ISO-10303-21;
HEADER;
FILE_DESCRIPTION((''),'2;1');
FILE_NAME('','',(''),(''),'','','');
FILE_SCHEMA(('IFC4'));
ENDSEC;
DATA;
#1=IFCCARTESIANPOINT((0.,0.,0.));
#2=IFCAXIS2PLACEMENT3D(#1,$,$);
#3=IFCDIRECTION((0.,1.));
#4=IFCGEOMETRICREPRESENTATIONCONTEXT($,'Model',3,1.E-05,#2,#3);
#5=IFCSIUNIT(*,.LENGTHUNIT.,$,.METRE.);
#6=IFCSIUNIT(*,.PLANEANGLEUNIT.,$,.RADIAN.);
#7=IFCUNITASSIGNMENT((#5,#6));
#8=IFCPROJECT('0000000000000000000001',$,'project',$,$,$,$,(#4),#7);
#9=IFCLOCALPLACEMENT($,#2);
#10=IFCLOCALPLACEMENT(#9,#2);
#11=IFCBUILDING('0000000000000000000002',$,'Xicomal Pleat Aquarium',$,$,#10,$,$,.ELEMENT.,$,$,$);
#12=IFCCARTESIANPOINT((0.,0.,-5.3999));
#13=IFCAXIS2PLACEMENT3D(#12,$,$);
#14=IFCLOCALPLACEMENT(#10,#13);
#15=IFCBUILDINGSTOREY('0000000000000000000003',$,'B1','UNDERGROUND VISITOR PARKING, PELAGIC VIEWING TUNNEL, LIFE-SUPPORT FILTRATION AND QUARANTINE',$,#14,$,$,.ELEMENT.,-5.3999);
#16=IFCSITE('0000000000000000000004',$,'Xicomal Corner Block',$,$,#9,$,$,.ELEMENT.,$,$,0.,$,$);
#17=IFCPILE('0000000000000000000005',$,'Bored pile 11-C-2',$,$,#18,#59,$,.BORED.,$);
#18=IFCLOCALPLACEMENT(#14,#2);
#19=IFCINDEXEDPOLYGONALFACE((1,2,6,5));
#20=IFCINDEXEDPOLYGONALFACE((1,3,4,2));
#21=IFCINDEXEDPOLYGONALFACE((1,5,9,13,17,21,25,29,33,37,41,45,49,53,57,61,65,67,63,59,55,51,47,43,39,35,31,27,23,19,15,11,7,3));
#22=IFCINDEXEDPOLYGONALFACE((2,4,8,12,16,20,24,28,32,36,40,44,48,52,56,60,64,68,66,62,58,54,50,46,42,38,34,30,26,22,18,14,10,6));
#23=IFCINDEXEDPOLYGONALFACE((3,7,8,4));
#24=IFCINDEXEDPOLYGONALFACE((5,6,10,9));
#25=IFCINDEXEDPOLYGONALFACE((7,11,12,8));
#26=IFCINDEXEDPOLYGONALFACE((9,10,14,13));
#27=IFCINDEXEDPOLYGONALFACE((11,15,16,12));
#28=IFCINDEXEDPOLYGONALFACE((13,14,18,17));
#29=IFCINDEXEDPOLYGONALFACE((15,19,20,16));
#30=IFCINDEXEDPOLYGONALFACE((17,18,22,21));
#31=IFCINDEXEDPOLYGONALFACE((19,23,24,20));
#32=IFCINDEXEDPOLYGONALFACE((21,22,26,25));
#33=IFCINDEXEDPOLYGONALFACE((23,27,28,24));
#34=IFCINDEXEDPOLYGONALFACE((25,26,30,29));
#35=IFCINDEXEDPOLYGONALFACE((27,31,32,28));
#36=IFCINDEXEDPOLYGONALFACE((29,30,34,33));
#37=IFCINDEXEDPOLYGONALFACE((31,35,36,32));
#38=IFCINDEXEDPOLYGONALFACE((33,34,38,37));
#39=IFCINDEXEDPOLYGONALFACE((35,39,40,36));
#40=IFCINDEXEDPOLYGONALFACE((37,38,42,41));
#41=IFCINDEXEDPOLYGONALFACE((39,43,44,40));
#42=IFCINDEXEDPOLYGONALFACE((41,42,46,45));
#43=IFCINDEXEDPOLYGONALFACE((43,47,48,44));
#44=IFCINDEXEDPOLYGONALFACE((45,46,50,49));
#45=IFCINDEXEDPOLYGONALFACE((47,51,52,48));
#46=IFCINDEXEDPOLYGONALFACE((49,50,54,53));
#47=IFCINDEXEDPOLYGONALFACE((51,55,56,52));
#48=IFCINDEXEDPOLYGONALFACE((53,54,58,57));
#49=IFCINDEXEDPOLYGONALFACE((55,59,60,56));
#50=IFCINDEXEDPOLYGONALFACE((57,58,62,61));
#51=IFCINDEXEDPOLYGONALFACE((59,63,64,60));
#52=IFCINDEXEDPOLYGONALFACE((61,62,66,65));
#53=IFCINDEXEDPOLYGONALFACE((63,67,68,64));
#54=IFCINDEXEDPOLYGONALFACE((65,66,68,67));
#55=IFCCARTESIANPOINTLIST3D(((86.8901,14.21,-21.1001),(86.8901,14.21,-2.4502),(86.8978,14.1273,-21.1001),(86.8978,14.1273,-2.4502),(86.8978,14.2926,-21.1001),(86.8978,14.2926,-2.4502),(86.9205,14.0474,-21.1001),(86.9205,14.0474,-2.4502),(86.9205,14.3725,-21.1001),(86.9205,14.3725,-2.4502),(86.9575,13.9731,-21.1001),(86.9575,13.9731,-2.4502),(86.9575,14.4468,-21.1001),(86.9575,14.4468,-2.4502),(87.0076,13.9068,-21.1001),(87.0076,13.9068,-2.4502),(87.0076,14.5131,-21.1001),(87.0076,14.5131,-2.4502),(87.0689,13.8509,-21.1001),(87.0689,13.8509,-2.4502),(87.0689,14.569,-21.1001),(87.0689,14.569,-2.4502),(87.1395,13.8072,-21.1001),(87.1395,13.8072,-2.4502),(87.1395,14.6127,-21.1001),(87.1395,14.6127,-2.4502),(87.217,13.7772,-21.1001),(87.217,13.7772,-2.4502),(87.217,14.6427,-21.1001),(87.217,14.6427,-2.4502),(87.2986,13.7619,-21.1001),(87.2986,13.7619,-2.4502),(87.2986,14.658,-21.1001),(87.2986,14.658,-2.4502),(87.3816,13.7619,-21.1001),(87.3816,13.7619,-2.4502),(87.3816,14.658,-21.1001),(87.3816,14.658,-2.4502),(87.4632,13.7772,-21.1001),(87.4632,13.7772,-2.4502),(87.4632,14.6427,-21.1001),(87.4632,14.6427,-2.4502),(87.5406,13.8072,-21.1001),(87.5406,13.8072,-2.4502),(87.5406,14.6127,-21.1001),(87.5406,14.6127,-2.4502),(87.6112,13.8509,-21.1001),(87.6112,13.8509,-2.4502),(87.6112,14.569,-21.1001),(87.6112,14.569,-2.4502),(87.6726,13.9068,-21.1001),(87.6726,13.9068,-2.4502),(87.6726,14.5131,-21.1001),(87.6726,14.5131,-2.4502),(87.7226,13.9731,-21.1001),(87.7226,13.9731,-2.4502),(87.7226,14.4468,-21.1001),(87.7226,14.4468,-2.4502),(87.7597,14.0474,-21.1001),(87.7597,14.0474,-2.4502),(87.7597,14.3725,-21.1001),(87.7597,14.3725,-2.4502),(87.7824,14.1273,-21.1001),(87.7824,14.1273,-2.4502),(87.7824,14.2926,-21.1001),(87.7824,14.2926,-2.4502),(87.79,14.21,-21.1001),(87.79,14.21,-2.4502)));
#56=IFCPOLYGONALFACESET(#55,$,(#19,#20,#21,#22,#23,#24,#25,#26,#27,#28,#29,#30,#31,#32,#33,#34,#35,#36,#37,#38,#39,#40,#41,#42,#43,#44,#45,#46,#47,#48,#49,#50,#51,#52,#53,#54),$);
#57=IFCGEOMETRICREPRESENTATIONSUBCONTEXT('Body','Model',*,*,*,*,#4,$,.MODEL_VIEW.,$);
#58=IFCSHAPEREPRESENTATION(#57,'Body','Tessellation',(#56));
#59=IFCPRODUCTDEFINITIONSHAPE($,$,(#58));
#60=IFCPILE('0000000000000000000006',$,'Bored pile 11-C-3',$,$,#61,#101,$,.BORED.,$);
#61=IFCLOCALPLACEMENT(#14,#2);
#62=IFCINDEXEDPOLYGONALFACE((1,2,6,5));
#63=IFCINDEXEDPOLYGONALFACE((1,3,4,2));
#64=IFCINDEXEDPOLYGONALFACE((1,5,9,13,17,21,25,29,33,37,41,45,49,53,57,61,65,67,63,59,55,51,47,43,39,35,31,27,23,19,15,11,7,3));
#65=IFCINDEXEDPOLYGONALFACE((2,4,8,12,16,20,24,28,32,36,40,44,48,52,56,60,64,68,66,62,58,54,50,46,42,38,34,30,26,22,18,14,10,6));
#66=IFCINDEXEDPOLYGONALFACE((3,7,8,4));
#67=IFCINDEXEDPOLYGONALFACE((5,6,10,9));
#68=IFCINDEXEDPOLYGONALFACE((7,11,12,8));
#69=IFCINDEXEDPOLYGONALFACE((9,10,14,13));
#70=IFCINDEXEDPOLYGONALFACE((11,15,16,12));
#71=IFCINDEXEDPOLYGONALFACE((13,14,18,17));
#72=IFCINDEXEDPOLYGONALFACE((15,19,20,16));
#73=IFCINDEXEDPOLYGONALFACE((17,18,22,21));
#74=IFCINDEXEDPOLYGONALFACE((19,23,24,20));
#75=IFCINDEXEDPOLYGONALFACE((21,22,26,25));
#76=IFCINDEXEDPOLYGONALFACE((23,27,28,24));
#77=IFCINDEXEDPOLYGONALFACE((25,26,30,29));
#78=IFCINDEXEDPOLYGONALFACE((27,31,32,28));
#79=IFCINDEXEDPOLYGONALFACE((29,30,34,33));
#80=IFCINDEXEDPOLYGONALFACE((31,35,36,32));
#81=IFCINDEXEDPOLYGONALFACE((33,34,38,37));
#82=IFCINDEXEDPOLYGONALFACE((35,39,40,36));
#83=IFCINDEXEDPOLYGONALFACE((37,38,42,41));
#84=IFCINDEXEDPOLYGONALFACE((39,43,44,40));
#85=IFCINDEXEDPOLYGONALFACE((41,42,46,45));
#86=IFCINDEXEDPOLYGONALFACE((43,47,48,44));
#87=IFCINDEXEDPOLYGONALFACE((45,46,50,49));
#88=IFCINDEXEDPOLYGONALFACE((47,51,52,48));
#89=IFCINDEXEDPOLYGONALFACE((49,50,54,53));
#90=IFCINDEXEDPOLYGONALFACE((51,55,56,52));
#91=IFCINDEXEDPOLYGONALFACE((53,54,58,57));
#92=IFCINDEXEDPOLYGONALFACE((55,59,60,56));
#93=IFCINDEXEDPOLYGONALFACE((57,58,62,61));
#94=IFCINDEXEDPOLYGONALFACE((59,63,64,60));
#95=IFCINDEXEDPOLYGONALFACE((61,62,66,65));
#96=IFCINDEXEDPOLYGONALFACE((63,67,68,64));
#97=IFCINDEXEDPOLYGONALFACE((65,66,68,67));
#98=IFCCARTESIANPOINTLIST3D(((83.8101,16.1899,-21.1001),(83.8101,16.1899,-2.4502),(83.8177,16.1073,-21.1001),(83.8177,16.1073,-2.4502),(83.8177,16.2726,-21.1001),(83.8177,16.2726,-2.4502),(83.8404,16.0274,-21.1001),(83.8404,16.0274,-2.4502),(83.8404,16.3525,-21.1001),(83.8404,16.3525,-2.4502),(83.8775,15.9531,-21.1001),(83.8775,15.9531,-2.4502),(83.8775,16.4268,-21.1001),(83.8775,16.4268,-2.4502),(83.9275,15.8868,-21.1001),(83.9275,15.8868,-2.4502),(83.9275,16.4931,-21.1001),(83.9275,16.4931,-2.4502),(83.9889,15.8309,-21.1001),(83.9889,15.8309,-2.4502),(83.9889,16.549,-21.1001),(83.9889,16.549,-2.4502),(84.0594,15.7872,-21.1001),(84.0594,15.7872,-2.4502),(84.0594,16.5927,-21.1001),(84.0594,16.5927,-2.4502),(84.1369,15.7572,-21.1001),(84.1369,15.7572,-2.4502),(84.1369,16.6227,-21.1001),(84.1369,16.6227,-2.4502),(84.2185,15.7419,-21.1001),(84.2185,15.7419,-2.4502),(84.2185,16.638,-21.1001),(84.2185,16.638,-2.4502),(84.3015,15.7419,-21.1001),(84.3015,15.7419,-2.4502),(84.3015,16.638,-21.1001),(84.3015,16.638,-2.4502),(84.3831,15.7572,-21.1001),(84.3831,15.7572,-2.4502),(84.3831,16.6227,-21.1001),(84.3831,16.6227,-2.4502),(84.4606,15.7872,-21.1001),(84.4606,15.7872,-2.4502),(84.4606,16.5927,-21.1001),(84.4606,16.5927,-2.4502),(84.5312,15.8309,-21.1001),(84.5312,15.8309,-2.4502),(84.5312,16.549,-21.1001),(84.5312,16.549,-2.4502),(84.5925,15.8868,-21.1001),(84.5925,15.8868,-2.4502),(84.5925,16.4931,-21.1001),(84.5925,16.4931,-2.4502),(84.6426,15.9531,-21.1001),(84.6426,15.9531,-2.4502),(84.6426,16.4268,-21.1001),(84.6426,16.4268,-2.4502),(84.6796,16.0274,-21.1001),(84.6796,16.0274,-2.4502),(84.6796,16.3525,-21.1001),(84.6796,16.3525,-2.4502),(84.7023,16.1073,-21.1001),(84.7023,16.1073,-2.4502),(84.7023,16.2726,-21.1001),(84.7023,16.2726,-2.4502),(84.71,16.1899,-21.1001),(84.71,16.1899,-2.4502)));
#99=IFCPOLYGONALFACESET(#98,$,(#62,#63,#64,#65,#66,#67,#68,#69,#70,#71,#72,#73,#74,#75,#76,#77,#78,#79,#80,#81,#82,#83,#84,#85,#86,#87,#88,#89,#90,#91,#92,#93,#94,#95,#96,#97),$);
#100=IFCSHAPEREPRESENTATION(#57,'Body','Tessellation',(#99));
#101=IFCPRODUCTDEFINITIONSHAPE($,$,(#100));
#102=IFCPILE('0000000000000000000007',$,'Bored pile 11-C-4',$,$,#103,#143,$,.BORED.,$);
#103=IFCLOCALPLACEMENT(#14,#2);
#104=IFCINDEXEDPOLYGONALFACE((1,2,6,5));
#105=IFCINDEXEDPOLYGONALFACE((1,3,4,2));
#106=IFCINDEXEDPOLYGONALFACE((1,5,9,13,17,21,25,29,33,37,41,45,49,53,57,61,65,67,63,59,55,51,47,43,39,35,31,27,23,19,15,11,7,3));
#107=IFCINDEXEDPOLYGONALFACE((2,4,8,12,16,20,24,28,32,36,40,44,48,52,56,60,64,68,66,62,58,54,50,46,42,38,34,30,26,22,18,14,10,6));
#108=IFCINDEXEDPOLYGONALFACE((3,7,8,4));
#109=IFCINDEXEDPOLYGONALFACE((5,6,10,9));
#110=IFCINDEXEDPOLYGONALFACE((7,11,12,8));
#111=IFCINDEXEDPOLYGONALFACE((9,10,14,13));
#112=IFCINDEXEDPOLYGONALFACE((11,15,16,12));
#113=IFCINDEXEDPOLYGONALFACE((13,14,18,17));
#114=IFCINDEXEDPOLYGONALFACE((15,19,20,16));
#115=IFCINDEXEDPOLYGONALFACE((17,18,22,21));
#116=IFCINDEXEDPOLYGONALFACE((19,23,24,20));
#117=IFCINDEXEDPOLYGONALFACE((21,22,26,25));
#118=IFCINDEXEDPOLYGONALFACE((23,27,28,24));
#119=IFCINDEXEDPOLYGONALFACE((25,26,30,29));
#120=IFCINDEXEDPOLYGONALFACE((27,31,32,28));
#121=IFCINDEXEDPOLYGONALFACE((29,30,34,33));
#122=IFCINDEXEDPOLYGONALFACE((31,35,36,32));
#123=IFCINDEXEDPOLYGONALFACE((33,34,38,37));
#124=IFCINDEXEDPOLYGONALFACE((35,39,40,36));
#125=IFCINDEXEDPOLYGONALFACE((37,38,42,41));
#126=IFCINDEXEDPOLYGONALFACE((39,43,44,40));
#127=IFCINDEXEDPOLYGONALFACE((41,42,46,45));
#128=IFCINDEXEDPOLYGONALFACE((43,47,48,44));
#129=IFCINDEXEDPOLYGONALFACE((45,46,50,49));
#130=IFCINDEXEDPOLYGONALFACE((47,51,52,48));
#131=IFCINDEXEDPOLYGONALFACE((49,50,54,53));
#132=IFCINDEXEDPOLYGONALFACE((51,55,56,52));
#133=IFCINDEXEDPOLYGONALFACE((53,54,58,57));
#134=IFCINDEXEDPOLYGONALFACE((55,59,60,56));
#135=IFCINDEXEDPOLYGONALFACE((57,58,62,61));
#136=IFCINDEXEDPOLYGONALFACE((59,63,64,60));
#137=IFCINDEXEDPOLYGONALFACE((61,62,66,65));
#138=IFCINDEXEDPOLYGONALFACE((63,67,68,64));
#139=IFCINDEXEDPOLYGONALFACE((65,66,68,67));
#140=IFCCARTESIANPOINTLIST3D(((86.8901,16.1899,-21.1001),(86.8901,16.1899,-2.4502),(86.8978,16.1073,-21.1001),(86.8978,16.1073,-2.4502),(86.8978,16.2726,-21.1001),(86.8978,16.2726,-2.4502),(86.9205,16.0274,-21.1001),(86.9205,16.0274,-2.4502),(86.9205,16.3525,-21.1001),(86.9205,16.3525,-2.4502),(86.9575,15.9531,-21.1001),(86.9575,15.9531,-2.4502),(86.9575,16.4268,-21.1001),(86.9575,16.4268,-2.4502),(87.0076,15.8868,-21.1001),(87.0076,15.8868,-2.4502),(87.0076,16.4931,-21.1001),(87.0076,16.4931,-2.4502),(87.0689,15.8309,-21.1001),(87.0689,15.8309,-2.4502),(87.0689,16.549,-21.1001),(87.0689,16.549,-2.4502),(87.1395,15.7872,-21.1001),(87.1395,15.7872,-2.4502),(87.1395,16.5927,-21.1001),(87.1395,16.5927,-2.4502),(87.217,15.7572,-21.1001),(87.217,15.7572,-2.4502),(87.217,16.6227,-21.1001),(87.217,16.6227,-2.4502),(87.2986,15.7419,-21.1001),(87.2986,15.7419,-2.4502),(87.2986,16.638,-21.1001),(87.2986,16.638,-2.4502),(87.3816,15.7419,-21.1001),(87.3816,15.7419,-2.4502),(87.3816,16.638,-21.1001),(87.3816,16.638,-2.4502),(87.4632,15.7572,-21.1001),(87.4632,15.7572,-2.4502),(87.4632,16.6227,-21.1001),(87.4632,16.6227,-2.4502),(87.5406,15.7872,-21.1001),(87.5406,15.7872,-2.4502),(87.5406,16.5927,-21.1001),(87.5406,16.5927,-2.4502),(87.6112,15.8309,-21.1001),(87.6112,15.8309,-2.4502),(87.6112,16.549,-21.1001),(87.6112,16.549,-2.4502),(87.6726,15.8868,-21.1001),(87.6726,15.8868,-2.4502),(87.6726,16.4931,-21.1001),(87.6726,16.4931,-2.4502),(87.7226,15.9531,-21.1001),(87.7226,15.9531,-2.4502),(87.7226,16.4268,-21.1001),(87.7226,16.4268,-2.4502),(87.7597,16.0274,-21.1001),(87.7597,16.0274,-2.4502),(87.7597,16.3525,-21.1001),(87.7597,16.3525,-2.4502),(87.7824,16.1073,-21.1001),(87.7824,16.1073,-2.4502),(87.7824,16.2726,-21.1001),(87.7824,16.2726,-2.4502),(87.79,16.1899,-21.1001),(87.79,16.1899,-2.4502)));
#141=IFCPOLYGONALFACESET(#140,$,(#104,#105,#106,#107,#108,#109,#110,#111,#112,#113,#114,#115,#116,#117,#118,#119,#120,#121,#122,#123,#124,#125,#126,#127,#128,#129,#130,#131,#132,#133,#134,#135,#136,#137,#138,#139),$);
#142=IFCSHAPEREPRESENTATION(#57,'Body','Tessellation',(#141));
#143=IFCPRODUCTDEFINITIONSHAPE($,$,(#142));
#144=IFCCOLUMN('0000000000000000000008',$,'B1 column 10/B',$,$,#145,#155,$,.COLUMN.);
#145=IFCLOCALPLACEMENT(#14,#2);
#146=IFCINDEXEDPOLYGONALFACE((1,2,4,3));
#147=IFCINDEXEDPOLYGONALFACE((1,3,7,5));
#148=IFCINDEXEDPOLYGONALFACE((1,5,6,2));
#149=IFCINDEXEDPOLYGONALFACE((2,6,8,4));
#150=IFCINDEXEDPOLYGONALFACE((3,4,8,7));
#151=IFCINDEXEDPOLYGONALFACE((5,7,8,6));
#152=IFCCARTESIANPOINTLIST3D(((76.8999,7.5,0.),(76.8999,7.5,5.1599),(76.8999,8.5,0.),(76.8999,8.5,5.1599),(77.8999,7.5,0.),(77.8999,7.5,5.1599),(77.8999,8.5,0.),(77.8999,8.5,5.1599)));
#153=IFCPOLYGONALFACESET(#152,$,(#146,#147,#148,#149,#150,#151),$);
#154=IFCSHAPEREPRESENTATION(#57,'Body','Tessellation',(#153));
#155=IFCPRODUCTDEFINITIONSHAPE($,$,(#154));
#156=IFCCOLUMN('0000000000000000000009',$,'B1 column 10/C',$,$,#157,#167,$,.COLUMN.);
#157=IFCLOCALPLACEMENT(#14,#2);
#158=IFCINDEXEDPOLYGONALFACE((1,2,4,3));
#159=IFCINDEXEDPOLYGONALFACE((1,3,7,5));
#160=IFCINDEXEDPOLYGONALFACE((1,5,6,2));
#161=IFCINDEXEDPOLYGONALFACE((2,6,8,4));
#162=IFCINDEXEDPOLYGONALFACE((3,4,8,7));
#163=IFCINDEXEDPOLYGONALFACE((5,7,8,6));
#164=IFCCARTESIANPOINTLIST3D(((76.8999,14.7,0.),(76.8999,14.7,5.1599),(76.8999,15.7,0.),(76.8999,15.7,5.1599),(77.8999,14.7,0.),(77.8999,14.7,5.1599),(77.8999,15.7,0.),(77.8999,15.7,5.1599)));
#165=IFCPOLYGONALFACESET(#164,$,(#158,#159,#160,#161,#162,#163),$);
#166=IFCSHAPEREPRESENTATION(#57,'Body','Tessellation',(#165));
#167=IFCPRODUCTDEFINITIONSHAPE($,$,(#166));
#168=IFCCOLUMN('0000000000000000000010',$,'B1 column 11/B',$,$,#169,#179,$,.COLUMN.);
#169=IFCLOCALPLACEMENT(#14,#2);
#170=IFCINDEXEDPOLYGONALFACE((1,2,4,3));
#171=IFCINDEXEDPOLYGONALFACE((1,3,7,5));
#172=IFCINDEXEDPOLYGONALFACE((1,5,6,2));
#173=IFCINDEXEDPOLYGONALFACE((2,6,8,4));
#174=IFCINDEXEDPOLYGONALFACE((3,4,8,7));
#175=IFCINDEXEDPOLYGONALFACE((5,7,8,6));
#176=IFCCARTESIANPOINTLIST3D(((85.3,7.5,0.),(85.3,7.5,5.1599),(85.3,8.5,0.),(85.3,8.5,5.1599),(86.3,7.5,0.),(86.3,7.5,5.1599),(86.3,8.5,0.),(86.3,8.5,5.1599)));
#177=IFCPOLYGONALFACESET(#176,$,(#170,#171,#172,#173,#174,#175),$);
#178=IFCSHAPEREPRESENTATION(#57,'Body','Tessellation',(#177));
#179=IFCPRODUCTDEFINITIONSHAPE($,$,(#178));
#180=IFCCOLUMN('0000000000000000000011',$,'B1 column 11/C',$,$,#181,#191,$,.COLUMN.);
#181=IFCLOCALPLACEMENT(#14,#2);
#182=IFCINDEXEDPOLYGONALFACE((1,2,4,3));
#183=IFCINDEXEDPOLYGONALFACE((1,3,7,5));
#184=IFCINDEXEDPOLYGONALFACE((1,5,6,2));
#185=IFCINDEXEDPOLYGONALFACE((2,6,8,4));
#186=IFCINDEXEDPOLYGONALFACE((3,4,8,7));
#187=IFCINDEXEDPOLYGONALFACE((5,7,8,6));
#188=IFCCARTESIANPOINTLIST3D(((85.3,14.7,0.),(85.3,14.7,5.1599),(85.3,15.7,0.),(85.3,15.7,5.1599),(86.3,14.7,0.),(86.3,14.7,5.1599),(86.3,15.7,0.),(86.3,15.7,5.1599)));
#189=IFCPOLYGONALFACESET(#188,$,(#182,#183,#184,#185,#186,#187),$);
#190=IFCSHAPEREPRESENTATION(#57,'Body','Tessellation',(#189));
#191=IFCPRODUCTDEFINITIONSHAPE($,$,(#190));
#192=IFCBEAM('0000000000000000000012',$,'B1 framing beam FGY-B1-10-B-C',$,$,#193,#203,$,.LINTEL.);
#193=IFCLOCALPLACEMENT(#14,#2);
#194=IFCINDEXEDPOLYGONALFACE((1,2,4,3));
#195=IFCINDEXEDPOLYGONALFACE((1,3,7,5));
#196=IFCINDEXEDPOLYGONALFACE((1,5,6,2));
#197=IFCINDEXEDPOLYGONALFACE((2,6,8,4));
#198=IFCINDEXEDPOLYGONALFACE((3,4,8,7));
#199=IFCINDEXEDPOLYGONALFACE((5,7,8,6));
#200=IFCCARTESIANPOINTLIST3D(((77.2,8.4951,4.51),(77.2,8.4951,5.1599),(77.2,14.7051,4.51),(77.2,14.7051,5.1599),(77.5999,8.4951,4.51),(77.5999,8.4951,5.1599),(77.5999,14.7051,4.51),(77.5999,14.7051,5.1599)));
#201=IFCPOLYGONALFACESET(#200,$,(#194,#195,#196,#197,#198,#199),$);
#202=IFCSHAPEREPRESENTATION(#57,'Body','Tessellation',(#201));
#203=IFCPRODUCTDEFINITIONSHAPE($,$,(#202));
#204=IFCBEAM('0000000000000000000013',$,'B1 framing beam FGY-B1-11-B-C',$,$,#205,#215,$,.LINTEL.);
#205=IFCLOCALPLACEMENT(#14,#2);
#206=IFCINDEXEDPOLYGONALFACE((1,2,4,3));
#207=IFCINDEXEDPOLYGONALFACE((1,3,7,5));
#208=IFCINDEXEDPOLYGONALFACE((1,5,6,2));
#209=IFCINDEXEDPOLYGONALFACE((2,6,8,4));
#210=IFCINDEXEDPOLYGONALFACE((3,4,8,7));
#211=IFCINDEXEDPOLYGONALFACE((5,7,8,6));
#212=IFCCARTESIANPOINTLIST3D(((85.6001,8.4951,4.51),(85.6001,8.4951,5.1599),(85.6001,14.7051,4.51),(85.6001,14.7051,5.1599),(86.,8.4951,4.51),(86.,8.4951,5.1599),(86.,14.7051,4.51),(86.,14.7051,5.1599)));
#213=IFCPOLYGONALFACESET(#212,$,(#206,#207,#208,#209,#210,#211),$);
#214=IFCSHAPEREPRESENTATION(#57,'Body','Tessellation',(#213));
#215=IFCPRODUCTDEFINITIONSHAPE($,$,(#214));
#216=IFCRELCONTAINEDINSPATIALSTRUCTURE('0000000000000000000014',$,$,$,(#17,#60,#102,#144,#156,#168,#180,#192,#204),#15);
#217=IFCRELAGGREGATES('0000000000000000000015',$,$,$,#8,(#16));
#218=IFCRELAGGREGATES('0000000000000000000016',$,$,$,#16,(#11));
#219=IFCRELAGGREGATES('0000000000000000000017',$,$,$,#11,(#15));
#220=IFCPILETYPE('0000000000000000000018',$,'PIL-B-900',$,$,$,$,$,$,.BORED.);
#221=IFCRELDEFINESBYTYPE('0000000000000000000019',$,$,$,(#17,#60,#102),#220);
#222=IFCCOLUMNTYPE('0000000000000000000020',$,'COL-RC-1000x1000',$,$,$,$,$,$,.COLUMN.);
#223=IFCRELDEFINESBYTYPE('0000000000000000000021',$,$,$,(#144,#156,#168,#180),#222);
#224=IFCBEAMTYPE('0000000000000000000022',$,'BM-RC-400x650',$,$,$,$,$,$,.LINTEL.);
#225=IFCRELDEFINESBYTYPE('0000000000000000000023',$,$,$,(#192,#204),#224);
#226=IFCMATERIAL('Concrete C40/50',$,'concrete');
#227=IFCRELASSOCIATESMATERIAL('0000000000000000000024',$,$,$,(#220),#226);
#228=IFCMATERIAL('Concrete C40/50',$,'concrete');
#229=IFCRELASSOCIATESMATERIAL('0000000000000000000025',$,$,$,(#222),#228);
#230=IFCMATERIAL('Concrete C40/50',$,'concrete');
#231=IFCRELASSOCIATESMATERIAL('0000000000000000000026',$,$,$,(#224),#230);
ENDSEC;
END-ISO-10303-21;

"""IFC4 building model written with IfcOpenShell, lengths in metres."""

from ifc_helpers import new_model, si_unit, direction, frame, origin, origin_2d, place, context, subcontext, project, spatial, rectangle, circle, extrude, material, material_profile, profile_set, type_object, element, save


model = new_model("IFC4")

# Units and contexts
model_context = context("Model", 3, precision=1e-05, world=origin(), true_north=direction((0.0, 1.0)))
body_context = subcontext(model_context, "Body", "Model", "MODEL_VIEW")
ifc_project = project(units=[si_unit("LENGTHUNIT", "METRE"), si_unit("PLANEANGLEUNIT", "RADIAN")], contexts=[model_context])

# Site, building, storey
site_placement = place(None, origin())
site = spatial("IfcSite", under=ifc_project, at=site_placement, Name="Xicomal Corner Block", CompositionType="ELEMENT", RefElevation=0.0)
building_placement = place(site_placement, origin())
building = spatial("IfcBuilding", under=site, at=building_placement, Name="Xicomal Pleat Aquarium", CompositionType="ELEMENT")
storey_placement = place(building_placement, frame((0.0, 0.0, -5.3999)))
storey = spatial("IfcBuildingStorey", under=building, at=storey_placement, Name="B1", Description="UNDERGROUND VISITOR PARKING, PELAGIC VIEWING TUNNEL, LIFE-SUPPORT FILTRATION AND QUARANTINE", CompositionType="ELEMENT", Elevation=-5.3999)

# Piles
ifc_material_1 = material(Name="Concrete C40/50", Category="concrete")
ifc_material_profile_1 = material_profile(ifc_material_1, circle(Radius=0.45, at=origin_2d()), Name="BORED PILE D900")
ifc_profile_set_1 = profile_set([ifc_material_profile_1], Name="Concrete C40/50")
pile_type_1 = type_object("IfcPileType", Name="PIL-B-900", PredefinedType="BORED", material=ifc_profile_set_1)
for number, where, z_axis, x_axis, name in (
    (1, (87.3401, 14.21, -2.4502), (0.0, 0.0, -1.0), (1.0, 0.0, 0.0), "Bored pile 11-C-2"),
    (2, (84.26, 16.1899, -2.4502), (0.0, 0.0, -1.0), (1.0, 0.0, 0.0), "Bored pile 11-C-3"),
    (3, (87.3401, 16.1899, -2.4502), (0.0, 0.0, -1.0), (1.0, 0.0, 0.0), "Bored pile 11-C-4"),
):
    element("IfcPile", number, at=place(storey_placement, frame(where, z_axis=z_axis, x_axis=x_axis)), inside=storey, type_object=pile_type_1, Name=name, PredefinedType="BORED", context=body_context, shape_type="SweptSolid", body=[
        extrude(circle(Radius=0.45, at=origin_2d()), origin(), (0.0, 0.0, 1.0), 18.6499),
    ])

# Columns
ifc_material_2 = material(Name="Concrete C40/50", Category="concrete")
ifc_material_profile_2 = material_profile(ifc_material_2, rectangle(XDim=1.0, YDim=1.0, at=origin_2d()), Name="RC 1000x1000")
ifc_profile_set_2 = profile_set([ifc_material_profile_2], Name="Concrete C40/50")
column_type = type_object("IfcColumnType", Name="COL-RC-1000x1000", PredefinedType="COLUMN", material=ifc_profile_set_2)
for number, where, z_axis, x_axis, name in (
    (4, (77.3999, 8.0, 0.0), (0.0, 0.0, 1.0), (1.0, 0.0, 0.0), "B1 column 10/B"),
    (5, (77.3999, 15.2, 0.0), (0.0, 0.0, 1.0), (1.0, 0.0, 0.0), "B1 column 10/C"),
    (6, (85.8, 8.0, 0.0), (0.0, 0.0, 1.0), (1.0, 0.0, 0.0), "B1 column 11/B"),
    (7, (85.8, 15.2, 0.0), (0.0, 0.0, 1.0), (1.0, 0.0, 0.0), "B1 column 11/C"),
):
    element("IfcColumn", number, at=place(storey_placement, frame(where, z_axis=z_axis, x_axis=x_axis)), inside=storey, type_object=column_type, Name=name, PredefinedType="COLUMN", context=body_context, shape_type="SweptSolid", body=[
        extrude(rectangle(XDim=1.0, YDim=1.0, at=origin_2d()), origin(), (0.0, 0.0, 1.0), 5.1599),
    ])

# Beams
ifc_material_3 = material(Name="Concrete C40/50", Category="concrete")
ifc_material_profile_3 = material_profile(ifc_material_3, rectangle(XDim=0.3999, YDim=0.6499, at=origin_2d()), Name="RC 400x650")
ifc_profile_set_3 = profile_set([ifc_material_profile_3], Name="Concrete C40/50")
beam_type_1 = type_object("IfcBeamType", Name="BM-RC-400x650", PredefinedType="LINTEL", material=ifc_profile_set_3)
for number, where, z_axis, x_axis, name in (
    (8, (77.3999, 8.4951, 4.835), (0.0, 1.0, 0.0), (-1.0, 0.0, 0.0), "B1 framing beam FGY-B1-10-B-C"),
    (9, (85.8, 8.4951, 4.835), (0.0, 1.0, 0.0), (-1.0, 0.0, 0.0), "B1 framing beam FGY-B1-11-B-C"),
):
    element("IfcBeam", number, at=place(storey_placement, frame(where, z_axis=z_axis, x_axis=x_axis)), inside=storey, type_object=beam_type_1, Name=name, PredefinedType="LINTEL", context=body_context, shape_type="SweptSolid", body=[
        extrude(rectangle(XDim=0.3999, YDim=0.6499, at=origin_2d()), origin(), (0.0, 0.0, 1.0), 6.21),
    ])

save(model, "model.ifc")
